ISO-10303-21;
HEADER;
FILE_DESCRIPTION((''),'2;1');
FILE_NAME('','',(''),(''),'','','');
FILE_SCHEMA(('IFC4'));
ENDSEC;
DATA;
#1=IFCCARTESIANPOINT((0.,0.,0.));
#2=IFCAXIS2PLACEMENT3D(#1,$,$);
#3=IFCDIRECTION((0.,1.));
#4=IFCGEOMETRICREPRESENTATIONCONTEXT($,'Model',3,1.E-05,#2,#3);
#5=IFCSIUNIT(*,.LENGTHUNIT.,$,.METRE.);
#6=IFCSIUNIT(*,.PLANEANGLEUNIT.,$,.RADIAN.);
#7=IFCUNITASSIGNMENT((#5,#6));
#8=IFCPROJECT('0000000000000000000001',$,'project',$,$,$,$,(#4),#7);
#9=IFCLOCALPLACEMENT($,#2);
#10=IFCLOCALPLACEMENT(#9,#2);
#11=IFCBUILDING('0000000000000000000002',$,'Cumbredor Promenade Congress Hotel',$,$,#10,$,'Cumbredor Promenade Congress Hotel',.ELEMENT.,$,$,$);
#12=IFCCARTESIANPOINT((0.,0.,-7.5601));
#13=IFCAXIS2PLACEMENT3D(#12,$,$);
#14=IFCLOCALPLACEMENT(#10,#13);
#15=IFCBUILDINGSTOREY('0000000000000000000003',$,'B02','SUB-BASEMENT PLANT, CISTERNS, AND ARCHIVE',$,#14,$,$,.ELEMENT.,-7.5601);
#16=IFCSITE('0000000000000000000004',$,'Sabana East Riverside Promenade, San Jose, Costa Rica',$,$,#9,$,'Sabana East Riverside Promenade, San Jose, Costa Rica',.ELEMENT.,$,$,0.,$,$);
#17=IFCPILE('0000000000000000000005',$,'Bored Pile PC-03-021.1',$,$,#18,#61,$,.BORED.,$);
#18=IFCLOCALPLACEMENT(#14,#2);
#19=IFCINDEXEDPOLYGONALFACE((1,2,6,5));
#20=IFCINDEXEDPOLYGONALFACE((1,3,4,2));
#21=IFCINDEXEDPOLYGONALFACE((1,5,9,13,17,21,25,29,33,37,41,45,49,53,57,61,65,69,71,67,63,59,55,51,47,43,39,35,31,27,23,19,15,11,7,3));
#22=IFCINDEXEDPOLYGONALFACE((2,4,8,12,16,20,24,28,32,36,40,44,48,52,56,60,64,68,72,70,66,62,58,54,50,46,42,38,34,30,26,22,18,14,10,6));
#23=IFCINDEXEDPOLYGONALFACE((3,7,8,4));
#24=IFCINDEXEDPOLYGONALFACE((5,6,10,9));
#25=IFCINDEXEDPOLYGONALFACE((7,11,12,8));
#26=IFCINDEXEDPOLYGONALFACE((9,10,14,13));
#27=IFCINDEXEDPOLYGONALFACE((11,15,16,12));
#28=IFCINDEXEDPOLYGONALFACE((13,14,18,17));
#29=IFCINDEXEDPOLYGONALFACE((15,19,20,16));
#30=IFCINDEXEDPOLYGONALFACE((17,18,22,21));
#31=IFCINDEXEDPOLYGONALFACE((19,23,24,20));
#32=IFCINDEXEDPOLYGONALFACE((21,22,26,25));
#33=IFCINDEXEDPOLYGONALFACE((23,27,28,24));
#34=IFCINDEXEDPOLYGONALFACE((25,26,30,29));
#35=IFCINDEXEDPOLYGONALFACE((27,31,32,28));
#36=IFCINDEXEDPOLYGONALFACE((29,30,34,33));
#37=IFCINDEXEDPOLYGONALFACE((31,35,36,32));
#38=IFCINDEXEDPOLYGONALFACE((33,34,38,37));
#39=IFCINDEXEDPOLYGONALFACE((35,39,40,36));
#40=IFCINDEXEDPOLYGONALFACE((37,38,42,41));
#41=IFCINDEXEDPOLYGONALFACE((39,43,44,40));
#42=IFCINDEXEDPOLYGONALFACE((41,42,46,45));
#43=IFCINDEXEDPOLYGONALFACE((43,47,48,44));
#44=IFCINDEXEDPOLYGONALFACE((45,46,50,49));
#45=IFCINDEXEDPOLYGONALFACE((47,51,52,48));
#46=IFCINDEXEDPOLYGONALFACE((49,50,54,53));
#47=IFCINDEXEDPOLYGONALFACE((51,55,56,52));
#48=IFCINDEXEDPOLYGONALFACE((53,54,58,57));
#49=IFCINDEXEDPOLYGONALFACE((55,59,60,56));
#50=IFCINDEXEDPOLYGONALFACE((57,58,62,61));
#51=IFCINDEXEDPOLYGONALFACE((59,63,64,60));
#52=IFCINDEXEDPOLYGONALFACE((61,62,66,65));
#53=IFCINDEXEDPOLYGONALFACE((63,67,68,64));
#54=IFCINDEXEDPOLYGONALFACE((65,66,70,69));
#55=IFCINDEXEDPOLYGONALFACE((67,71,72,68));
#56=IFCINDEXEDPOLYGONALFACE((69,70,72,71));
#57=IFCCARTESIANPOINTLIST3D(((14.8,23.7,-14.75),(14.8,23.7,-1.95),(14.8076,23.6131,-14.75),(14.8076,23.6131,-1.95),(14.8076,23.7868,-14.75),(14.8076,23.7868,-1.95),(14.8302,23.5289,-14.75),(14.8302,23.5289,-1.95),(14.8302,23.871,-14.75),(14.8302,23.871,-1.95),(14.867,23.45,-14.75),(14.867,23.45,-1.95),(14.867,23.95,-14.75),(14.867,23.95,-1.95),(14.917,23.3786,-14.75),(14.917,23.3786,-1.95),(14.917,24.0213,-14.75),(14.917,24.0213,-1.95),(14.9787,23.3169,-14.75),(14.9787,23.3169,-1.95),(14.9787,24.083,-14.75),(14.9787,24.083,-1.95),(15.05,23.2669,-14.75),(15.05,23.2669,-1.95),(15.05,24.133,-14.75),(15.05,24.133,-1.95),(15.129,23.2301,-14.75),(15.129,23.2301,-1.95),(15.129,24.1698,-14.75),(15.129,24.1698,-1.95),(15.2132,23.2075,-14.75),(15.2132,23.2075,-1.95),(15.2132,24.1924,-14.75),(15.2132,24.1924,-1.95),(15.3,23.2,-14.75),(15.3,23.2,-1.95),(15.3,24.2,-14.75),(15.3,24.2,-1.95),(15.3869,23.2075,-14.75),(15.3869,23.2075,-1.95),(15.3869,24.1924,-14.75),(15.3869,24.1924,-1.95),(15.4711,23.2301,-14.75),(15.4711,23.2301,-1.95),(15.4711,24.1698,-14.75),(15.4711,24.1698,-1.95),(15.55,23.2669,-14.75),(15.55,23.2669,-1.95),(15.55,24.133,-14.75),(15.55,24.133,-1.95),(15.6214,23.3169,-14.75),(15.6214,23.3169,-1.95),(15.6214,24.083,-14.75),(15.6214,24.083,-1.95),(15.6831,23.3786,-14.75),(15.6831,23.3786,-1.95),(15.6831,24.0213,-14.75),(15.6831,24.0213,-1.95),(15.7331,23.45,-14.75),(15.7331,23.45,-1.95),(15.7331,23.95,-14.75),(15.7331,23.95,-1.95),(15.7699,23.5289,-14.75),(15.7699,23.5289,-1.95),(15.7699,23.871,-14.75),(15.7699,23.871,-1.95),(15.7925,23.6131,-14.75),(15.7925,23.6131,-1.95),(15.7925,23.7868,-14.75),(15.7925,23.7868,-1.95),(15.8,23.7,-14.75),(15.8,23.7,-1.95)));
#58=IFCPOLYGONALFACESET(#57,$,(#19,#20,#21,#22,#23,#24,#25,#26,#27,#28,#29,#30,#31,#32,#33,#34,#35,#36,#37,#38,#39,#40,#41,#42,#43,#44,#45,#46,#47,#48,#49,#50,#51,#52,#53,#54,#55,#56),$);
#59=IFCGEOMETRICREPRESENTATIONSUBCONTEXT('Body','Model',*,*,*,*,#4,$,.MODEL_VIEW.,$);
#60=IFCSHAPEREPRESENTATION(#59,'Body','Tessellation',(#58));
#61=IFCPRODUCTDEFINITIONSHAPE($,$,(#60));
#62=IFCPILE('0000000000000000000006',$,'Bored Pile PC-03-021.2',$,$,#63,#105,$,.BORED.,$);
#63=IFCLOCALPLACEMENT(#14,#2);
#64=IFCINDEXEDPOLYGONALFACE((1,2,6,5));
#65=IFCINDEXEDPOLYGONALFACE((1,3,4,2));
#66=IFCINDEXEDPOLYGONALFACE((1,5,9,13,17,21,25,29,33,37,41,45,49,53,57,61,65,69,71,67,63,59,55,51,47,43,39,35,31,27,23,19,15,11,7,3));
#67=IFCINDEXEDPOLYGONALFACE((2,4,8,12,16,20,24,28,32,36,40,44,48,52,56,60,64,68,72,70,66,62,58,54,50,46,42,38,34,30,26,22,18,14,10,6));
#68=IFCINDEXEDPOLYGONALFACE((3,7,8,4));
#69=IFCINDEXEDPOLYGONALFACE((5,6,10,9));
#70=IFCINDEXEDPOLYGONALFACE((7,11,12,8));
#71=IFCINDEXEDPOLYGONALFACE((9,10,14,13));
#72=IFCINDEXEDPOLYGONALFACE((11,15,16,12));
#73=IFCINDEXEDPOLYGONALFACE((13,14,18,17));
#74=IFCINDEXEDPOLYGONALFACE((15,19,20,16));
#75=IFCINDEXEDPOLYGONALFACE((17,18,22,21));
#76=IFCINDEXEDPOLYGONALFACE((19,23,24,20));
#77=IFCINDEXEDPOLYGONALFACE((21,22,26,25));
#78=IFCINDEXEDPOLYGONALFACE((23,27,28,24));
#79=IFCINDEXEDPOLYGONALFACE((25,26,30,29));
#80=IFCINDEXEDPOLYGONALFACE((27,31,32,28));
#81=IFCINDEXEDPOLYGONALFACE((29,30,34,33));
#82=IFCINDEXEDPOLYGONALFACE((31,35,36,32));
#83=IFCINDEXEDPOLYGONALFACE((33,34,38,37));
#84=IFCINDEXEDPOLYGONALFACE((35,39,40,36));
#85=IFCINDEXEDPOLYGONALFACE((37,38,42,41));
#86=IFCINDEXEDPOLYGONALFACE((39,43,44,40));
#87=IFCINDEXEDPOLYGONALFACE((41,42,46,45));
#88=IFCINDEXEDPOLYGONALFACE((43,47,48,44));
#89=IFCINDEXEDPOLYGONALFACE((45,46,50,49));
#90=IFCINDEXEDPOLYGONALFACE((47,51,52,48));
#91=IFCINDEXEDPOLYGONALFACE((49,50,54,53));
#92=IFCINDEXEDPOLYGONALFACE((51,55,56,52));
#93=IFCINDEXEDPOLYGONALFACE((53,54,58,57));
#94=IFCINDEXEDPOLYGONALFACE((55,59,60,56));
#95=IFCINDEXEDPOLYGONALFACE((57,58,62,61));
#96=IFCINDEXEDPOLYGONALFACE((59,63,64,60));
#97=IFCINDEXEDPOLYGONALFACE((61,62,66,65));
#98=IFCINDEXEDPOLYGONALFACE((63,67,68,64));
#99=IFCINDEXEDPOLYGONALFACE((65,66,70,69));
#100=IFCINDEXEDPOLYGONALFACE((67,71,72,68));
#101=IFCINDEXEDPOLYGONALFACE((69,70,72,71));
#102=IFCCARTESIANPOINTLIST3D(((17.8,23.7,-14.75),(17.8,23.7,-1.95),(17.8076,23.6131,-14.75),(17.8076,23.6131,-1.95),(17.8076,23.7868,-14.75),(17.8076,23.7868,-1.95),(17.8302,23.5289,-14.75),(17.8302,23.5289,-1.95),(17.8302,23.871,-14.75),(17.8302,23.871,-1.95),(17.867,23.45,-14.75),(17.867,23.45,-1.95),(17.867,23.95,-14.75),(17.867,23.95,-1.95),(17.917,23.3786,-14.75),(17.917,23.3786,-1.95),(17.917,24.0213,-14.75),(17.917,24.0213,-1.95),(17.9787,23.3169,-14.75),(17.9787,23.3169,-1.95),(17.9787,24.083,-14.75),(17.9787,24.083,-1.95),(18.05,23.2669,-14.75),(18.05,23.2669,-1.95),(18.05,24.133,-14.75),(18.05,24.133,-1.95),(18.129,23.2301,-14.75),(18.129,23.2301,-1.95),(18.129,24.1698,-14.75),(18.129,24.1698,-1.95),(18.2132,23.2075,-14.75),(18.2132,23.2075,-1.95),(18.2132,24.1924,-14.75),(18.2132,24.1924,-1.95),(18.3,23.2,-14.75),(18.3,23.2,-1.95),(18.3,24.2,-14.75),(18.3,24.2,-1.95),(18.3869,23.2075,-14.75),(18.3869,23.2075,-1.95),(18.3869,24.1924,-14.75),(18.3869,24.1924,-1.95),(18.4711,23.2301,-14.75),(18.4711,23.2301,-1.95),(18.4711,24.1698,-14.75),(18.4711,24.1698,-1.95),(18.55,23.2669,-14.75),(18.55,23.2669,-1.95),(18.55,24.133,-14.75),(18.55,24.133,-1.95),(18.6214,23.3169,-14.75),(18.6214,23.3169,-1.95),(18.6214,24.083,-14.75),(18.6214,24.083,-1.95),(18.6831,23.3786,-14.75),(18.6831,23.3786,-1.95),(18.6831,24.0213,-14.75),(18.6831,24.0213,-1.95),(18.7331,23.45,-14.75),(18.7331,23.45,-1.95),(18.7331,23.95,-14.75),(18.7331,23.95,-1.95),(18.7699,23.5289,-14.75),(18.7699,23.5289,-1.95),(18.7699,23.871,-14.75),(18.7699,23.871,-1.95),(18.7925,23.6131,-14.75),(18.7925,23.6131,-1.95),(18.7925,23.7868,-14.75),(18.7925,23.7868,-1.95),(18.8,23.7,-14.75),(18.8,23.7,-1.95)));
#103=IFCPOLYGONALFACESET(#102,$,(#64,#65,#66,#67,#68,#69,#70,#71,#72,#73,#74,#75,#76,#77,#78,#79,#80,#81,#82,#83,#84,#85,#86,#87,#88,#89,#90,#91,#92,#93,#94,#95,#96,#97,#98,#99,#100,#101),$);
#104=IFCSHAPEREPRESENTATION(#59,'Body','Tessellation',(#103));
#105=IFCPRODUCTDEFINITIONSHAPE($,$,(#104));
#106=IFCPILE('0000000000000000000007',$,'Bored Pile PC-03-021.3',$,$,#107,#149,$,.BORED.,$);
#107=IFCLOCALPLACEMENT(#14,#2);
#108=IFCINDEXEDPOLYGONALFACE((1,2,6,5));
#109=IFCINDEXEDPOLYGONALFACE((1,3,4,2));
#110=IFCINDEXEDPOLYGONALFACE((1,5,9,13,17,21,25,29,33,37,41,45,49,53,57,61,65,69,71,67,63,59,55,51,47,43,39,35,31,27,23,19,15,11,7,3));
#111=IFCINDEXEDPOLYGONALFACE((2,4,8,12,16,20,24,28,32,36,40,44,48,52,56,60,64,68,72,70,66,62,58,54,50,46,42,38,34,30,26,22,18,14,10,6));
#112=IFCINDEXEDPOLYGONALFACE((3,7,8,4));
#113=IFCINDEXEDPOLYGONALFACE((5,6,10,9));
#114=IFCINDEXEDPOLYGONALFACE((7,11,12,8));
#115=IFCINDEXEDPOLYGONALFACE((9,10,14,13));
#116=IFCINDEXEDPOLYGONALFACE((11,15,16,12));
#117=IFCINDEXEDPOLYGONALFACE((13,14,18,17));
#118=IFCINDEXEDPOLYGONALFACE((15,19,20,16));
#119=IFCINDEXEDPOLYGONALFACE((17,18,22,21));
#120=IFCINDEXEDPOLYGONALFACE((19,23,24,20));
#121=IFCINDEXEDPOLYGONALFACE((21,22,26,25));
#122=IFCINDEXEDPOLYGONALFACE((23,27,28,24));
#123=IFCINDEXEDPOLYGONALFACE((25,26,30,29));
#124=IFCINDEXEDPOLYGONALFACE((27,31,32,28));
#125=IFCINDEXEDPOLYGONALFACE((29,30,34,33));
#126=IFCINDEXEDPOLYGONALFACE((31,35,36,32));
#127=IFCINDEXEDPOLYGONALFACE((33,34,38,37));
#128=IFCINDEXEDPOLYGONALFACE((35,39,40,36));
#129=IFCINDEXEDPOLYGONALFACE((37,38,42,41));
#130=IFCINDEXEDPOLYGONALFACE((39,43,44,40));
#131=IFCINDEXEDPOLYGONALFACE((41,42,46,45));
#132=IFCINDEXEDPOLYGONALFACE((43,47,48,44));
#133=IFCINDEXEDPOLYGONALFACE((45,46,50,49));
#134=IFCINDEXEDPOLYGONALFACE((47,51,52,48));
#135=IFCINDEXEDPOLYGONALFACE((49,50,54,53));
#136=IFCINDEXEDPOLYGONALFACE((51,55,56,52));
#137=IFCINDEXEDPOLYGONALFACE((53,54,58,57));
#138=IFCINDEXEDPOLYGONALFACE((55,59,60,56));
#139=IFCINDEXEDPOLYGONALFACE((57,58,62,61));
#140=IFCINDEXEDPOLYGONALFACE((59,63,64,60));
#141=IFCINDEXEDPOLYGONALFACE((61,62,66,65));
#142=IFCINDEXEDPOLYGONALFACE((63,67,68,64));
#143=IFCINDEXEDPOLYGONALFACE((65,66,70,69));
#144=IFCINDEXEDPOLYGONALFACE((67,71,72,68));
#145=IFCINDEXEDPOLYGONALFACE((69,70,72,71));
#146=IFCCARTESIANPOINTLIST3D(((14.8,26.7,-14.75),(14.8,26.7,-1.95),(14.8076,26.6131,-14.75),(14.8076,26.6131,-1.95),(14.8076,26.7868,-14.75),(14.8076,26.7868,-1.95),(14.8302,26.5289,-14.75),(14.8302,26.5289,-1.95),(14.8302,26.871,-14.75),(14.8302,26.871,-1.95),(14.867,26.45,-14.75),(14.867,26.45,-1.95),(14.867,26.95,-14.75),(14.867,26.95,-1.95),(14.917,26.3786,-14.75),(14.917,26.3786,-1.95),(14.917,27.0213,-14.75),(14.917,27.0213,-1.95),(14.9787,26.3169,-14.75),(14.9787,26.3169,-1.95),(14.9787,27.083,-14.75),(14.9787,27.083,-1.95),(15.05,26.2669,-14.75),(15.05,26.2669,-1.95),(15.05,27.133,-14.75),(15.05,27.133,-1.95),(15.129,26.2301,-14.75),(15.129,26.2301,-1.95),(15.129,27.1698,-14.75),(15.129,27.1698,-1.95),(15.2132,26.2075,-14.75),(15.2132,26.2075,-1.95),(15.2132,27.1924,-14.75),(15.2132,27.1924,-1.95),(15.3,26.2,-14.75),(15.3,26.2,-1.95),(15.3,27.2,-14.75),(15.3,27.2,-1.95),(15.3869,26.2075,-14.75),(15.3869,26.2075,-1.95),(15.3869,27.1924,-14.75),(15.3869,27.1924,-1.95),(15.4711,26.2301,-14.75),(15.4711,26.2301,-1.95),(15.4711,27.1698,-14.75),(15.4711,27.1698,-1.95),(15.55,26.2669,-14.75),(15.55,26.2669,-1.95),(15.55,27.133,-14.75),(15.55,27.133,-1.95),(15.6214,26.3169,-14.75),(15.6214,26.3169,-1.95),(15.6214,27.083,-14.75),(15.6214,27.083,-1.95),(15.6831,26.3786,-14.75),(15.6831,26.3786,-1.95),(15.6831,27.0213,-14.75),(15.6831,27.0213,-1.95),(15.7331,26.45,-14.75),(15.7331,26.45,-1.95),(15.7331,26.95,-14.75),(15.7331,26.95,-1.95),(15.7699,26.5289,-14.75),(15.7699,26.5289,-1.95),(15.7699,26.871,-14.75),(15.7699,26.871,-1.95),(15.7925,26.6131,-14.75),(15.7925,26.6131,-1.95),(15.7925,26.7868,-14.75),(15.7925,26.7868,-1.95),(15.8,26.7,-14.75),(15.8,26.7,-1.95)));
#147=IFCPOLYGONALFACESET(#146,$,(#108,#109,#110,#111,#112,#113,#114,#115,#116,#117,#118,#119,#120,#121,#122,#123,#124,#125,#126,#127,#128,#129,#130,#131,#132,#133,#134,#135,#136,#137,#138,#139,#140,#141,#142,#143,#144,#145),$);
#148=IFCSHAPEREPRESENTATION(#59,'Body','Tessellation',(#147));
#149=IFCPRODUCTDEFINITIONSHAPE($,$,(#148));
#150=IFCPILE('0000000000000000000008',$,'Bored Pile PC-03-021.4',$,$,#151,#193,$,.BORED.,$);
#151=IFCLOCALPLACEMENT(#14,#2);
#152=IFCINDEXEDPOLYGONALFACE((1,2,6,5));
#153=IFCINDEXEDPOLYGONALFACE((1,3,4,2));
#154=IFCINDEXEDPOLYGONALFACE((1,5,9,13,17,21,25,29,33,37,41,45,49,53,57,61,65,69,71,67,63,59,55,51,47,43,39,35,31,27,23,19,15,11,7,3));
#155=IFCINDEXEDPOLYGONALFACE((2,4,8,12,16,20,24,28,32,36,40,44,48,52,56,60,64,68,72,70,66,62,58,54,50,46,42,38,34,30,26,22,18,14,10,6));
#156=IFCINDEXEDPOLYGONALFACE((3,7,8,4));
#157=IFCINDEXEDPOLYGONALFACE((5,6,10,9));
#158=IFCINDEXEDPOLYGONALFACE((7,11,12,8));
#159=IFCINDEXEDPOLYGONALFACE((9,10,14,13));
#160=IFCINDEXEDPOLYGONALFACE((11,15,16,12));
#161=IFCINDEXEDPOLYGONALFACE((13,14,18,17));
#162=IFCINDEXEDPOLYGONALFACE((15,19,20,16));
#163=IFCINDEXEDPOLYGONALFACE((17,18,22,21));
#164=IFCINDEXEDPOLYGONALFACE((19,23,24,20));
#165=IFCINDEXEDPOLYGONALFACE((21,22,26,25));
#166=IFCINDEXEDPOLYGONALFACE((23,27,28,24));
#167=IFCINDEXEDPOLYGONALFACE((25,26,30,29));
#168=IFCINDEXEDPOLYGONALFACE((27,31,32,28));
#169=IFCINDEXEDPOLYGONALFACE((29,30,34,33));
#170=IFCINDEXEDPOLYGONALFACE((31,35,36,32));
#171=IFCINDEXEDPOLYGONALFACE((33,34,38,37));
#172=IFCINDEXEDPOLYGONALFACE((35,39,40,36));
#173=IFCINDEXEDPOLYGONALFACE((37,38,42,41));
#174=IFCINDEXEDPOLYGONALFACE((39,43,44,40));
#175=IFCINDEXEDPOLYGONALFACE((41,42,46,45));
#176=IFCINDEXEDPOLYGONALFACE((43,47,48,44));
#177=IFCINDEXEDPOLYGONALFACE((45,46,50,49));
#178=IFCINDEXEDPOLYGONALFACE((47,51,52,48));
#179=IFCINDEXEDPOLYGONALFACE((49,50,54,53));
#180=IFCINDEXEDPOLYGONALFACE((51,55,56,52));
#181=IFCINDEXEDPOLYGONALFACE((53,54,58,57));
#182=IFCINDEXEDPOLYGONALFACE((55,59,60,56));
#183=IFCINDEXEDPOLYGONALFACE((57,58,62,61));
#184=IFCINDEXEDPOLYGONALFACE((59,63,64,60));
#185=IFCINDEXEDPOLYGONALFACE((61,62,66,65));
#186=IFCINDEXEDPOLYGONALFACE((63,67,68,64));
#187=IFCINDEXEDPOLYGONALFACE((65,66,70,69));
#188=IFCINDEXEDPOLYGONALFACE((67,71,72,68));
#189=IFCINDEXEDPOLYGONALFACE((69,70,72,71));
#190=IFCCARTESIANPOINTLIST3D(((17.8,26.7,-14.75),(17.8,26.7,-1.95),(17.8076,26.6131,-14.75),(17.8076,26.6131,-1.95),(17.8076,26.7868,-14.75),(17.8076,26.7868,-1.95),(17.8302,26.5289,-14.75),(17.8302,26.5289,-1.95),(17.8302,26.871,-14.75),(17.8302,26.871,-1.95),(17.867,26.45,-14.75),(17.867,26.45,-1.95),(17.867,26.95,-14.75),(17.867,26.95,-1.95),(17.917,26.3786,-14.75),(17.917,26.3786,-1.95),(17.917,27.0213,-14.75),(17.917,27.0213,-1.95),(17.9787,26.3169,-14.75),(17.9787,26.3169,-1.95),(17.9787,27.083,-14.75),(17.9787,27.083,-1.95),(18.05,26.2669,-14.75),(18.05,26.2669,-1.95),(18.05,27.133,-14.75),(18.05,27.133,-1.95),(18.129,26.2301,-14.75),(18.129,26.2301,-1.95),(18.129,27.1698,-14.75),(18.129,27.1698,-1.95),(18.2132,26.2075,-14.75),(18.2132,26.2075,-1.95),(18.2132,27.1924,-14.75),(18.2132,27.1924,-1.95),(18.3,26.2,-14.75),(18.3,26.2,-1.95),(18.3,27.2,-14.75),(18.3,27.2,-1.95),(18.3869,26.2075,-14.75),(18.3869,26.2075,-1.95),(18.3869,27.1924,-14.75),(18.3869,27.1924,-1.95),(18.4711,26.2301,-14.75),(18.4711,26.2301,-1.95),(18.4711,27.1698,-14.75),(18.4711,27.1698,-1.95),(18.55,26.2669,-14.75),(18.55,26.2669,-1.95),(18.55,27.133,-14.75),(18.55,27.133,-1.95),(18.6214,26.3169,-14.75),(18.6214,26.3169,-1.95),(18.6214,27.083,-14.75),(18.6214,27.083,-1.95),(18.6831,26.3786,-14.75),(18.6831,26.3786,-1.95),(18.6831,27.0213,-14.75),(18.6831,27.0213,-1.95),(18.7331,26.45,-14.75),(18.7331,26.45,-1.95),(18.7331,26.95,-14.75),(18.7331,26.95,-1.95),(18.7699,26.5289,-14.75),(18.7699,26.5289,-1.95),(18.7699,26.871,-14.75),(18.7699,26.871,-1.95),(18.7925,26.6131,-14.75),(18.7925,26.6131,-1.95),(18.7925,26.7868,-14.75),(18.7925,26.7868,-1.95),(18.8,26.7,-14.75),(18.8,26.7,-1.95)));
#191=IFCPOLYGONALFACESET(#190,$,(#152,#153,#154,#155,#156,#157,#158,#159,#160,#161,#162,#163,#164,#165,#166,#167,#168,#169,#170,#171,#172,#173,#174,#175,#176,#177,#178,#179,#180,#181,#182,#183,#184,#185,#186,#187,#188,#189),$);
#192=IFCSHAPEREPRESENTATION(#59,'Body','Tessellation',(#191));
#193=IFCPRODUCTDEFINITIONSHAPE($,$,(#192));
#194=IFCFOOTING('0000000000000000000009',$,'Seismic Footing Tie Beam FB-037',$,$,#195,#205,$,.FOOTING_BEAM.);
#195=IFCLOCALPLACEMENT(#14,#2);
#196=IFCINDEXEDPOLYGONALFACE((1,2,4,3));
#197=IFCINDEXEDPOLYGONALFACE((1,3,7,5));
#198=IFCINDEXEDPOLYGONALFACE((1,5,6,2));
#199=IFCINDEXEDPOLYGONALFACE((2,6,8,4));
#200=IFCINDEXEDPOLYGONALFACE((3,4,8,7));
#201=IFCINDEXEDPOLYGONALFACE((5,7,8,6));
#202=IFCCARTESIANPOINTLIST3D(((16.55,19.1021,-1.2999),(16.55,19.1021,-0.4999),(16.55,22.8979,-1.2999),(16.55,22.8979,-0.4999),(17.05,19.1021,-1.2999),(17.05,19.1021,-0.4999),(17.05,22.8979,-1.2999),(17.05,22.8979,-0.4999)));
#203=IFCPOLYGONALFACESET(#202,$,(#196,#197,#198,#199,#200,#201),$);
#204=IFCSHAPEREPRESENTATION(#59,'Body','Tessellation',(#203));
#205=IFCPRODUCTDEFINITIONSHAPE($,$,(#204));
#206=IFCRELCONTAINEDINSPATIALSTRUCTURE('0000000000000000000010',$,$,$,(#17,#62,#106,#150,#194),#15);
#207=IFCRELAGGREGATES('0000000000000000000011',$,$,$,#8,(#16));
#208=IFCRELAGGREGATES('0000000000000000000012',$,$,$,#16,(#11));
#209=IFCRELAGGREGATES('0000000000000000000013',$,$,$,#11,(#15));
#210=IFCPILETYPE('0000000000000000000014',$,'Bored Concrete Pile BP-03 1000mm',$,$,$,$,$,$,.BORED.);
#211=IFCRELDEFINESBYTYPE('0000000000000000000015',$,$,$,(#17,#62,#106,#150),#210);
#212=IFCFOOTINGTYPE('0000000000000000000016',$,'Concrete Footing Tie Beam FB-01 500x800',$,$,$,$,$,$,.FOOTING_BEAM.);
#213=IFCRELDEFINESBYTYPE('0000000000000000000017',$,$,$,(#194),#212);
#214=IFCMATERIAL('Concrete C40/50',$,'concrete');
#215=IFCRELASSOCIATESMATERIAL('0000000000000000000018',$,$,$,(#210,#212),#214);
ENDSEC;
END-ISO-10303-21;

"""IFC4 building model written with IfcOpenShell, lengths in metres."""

from ifc_helpers import new_model, si_unit, direction, frame, origin, origin_2d, place, context, subcontext, project, spatial, rectangle, circle, extrude, material, material_profile, profile_set, type_object, element, save


model = new_model("IFC4")

# Units and contexts
model_context = context("Model", 3, precision=1e-05, world=origin(), true_north=direction((0.0, 1.0)))
body_context = subcontext(model_context, "Body", "Model", "MODEL_VIEW")
ifc_project = project(units=[si_unit("LENGTHUNIT", "METRE"), si_unit("PLANEANGLEUNIT", "RADIAN")], contexts=[model_context])

# Site, building, storey
site_placement = place(None, origin())
site = spatial("IfcSite", under=ifc_project, at=site_placement, Name="Sabana East Riverside Promenade, San Jose, Costa Rica", LongName="Sabana East Riverside Promenade, San Jose, Costa Rica", CompositionType="ELEMENT", RefElevation=0.0)
building_placement = place(site_placement, origin())
building = spatial("IfcBuilding", under=site, at=building_placement, Name="Cumbredor Promenade Congress Hotel", LongName="Cumbredor Promenade Congress Hotel", CompositionType="ELEMENT")
storey_placement = place(building_placement, frame((0.0, 0.0, -7.5601)))
storey = spatial("IfcBuildingStorey", under=building, at=storey_placement, Name="B02", Description="SUB-BASEMENT PLANT, CISTERNS, AND ARCHIVE", CompositionType="ELEMENT", Elevation=-7.5601)

# Piles
ifc_material_1 = material(Name="Concrete C40/50", Category="concrete")
ifc_material_profile_1 = material_profile(ifc_material_1, circle(Radius=0.5, at=origin_2d()), Name="PILE D1000")
ifc_profile_set_1 = profile_set([ifc_material_profile_1], Name="Concrete C40/50")
pile_type = type_object("IfcPileType", Name="Bored Concrete Pile BP-03 1000mm", PredefinedType="BORED", material=ifc_profile_set_1)
for number, where, z_axis, x_axis, name in (
    (1, (15.3, 23.7, -1.95), (0.0, 0.0, -1.0), (1.0, 0.0, 0.0), "Bored Pile PC-03-021.1"),
    (2, (18.3, 23.7, -1.95), (0.0, 0.0, -1.0), (1.0, 0.0, 0.0), "Bored Pile PC-03-021.2"),
    (3, (15.3, 26.7, -1.95), (0.0, 0.0, -1.0), (1.0, 0.0, 0.0), "Bored Pile PC-03-021.3"),
    (4, (18.3, 26.7, -1.95), (0.0, 0.0, -1.0), (1.0, 0.0, 0.0), "Bored Pile PC-03-021.4"),
):
    element("IfcPile", number, at=place(storey_placement, frame(where, z_axis=z_axis, x_axis=x_axis)), inside=storey, type_object=pile_type, Name=name, PredefinedType="BORED", context=body_context, shape_type="SweptSolid", body=[
        extrude(circle(Radius=0.5, at=origin_2d()), origin(), (0.0, 0.0, 1.0), 12.8),
    ])

# Footing
ifc_material_profile_2 = material_profile(ifc_material_1, rectangle(XDim=0.5, YDim=0.8, at=origin_2d()), Name="FB 500x800")
ifc_profile_set_2 = profile_set([ifc_material_profile_2], Name="Concrete C40/50")
footing_type_1 = type_object("IfcFootingType", Name="Concrete Footing Tie Beam FB-01 500x800", PredefinedType="FOOTING_BEAM", material=ifc_profile_set_2)
footing_1_placement = place(storey_placement, frame((16.8, 19.1021, -0.8999), z_axis=(0.0, 1.0, 0.0), x_axis=(-1.0, 0.0, 0.0)))
element("IfcFooting", 5, at=footing_1_placement, inside=storey, type_object=footing_type_1, Name="Seismic Footing Tie Beam FB-037", PredefinedType="FOOTING_BEAM", context=body_context, shape_type="SweptSolid", body=[
    extrude(rectangle(XDim=0.5, YDim=0.8, at=origin_2d()), origin(), (0.0, 0.0, 1.0), 3.7959),
])

save(model, "model.ifc")
